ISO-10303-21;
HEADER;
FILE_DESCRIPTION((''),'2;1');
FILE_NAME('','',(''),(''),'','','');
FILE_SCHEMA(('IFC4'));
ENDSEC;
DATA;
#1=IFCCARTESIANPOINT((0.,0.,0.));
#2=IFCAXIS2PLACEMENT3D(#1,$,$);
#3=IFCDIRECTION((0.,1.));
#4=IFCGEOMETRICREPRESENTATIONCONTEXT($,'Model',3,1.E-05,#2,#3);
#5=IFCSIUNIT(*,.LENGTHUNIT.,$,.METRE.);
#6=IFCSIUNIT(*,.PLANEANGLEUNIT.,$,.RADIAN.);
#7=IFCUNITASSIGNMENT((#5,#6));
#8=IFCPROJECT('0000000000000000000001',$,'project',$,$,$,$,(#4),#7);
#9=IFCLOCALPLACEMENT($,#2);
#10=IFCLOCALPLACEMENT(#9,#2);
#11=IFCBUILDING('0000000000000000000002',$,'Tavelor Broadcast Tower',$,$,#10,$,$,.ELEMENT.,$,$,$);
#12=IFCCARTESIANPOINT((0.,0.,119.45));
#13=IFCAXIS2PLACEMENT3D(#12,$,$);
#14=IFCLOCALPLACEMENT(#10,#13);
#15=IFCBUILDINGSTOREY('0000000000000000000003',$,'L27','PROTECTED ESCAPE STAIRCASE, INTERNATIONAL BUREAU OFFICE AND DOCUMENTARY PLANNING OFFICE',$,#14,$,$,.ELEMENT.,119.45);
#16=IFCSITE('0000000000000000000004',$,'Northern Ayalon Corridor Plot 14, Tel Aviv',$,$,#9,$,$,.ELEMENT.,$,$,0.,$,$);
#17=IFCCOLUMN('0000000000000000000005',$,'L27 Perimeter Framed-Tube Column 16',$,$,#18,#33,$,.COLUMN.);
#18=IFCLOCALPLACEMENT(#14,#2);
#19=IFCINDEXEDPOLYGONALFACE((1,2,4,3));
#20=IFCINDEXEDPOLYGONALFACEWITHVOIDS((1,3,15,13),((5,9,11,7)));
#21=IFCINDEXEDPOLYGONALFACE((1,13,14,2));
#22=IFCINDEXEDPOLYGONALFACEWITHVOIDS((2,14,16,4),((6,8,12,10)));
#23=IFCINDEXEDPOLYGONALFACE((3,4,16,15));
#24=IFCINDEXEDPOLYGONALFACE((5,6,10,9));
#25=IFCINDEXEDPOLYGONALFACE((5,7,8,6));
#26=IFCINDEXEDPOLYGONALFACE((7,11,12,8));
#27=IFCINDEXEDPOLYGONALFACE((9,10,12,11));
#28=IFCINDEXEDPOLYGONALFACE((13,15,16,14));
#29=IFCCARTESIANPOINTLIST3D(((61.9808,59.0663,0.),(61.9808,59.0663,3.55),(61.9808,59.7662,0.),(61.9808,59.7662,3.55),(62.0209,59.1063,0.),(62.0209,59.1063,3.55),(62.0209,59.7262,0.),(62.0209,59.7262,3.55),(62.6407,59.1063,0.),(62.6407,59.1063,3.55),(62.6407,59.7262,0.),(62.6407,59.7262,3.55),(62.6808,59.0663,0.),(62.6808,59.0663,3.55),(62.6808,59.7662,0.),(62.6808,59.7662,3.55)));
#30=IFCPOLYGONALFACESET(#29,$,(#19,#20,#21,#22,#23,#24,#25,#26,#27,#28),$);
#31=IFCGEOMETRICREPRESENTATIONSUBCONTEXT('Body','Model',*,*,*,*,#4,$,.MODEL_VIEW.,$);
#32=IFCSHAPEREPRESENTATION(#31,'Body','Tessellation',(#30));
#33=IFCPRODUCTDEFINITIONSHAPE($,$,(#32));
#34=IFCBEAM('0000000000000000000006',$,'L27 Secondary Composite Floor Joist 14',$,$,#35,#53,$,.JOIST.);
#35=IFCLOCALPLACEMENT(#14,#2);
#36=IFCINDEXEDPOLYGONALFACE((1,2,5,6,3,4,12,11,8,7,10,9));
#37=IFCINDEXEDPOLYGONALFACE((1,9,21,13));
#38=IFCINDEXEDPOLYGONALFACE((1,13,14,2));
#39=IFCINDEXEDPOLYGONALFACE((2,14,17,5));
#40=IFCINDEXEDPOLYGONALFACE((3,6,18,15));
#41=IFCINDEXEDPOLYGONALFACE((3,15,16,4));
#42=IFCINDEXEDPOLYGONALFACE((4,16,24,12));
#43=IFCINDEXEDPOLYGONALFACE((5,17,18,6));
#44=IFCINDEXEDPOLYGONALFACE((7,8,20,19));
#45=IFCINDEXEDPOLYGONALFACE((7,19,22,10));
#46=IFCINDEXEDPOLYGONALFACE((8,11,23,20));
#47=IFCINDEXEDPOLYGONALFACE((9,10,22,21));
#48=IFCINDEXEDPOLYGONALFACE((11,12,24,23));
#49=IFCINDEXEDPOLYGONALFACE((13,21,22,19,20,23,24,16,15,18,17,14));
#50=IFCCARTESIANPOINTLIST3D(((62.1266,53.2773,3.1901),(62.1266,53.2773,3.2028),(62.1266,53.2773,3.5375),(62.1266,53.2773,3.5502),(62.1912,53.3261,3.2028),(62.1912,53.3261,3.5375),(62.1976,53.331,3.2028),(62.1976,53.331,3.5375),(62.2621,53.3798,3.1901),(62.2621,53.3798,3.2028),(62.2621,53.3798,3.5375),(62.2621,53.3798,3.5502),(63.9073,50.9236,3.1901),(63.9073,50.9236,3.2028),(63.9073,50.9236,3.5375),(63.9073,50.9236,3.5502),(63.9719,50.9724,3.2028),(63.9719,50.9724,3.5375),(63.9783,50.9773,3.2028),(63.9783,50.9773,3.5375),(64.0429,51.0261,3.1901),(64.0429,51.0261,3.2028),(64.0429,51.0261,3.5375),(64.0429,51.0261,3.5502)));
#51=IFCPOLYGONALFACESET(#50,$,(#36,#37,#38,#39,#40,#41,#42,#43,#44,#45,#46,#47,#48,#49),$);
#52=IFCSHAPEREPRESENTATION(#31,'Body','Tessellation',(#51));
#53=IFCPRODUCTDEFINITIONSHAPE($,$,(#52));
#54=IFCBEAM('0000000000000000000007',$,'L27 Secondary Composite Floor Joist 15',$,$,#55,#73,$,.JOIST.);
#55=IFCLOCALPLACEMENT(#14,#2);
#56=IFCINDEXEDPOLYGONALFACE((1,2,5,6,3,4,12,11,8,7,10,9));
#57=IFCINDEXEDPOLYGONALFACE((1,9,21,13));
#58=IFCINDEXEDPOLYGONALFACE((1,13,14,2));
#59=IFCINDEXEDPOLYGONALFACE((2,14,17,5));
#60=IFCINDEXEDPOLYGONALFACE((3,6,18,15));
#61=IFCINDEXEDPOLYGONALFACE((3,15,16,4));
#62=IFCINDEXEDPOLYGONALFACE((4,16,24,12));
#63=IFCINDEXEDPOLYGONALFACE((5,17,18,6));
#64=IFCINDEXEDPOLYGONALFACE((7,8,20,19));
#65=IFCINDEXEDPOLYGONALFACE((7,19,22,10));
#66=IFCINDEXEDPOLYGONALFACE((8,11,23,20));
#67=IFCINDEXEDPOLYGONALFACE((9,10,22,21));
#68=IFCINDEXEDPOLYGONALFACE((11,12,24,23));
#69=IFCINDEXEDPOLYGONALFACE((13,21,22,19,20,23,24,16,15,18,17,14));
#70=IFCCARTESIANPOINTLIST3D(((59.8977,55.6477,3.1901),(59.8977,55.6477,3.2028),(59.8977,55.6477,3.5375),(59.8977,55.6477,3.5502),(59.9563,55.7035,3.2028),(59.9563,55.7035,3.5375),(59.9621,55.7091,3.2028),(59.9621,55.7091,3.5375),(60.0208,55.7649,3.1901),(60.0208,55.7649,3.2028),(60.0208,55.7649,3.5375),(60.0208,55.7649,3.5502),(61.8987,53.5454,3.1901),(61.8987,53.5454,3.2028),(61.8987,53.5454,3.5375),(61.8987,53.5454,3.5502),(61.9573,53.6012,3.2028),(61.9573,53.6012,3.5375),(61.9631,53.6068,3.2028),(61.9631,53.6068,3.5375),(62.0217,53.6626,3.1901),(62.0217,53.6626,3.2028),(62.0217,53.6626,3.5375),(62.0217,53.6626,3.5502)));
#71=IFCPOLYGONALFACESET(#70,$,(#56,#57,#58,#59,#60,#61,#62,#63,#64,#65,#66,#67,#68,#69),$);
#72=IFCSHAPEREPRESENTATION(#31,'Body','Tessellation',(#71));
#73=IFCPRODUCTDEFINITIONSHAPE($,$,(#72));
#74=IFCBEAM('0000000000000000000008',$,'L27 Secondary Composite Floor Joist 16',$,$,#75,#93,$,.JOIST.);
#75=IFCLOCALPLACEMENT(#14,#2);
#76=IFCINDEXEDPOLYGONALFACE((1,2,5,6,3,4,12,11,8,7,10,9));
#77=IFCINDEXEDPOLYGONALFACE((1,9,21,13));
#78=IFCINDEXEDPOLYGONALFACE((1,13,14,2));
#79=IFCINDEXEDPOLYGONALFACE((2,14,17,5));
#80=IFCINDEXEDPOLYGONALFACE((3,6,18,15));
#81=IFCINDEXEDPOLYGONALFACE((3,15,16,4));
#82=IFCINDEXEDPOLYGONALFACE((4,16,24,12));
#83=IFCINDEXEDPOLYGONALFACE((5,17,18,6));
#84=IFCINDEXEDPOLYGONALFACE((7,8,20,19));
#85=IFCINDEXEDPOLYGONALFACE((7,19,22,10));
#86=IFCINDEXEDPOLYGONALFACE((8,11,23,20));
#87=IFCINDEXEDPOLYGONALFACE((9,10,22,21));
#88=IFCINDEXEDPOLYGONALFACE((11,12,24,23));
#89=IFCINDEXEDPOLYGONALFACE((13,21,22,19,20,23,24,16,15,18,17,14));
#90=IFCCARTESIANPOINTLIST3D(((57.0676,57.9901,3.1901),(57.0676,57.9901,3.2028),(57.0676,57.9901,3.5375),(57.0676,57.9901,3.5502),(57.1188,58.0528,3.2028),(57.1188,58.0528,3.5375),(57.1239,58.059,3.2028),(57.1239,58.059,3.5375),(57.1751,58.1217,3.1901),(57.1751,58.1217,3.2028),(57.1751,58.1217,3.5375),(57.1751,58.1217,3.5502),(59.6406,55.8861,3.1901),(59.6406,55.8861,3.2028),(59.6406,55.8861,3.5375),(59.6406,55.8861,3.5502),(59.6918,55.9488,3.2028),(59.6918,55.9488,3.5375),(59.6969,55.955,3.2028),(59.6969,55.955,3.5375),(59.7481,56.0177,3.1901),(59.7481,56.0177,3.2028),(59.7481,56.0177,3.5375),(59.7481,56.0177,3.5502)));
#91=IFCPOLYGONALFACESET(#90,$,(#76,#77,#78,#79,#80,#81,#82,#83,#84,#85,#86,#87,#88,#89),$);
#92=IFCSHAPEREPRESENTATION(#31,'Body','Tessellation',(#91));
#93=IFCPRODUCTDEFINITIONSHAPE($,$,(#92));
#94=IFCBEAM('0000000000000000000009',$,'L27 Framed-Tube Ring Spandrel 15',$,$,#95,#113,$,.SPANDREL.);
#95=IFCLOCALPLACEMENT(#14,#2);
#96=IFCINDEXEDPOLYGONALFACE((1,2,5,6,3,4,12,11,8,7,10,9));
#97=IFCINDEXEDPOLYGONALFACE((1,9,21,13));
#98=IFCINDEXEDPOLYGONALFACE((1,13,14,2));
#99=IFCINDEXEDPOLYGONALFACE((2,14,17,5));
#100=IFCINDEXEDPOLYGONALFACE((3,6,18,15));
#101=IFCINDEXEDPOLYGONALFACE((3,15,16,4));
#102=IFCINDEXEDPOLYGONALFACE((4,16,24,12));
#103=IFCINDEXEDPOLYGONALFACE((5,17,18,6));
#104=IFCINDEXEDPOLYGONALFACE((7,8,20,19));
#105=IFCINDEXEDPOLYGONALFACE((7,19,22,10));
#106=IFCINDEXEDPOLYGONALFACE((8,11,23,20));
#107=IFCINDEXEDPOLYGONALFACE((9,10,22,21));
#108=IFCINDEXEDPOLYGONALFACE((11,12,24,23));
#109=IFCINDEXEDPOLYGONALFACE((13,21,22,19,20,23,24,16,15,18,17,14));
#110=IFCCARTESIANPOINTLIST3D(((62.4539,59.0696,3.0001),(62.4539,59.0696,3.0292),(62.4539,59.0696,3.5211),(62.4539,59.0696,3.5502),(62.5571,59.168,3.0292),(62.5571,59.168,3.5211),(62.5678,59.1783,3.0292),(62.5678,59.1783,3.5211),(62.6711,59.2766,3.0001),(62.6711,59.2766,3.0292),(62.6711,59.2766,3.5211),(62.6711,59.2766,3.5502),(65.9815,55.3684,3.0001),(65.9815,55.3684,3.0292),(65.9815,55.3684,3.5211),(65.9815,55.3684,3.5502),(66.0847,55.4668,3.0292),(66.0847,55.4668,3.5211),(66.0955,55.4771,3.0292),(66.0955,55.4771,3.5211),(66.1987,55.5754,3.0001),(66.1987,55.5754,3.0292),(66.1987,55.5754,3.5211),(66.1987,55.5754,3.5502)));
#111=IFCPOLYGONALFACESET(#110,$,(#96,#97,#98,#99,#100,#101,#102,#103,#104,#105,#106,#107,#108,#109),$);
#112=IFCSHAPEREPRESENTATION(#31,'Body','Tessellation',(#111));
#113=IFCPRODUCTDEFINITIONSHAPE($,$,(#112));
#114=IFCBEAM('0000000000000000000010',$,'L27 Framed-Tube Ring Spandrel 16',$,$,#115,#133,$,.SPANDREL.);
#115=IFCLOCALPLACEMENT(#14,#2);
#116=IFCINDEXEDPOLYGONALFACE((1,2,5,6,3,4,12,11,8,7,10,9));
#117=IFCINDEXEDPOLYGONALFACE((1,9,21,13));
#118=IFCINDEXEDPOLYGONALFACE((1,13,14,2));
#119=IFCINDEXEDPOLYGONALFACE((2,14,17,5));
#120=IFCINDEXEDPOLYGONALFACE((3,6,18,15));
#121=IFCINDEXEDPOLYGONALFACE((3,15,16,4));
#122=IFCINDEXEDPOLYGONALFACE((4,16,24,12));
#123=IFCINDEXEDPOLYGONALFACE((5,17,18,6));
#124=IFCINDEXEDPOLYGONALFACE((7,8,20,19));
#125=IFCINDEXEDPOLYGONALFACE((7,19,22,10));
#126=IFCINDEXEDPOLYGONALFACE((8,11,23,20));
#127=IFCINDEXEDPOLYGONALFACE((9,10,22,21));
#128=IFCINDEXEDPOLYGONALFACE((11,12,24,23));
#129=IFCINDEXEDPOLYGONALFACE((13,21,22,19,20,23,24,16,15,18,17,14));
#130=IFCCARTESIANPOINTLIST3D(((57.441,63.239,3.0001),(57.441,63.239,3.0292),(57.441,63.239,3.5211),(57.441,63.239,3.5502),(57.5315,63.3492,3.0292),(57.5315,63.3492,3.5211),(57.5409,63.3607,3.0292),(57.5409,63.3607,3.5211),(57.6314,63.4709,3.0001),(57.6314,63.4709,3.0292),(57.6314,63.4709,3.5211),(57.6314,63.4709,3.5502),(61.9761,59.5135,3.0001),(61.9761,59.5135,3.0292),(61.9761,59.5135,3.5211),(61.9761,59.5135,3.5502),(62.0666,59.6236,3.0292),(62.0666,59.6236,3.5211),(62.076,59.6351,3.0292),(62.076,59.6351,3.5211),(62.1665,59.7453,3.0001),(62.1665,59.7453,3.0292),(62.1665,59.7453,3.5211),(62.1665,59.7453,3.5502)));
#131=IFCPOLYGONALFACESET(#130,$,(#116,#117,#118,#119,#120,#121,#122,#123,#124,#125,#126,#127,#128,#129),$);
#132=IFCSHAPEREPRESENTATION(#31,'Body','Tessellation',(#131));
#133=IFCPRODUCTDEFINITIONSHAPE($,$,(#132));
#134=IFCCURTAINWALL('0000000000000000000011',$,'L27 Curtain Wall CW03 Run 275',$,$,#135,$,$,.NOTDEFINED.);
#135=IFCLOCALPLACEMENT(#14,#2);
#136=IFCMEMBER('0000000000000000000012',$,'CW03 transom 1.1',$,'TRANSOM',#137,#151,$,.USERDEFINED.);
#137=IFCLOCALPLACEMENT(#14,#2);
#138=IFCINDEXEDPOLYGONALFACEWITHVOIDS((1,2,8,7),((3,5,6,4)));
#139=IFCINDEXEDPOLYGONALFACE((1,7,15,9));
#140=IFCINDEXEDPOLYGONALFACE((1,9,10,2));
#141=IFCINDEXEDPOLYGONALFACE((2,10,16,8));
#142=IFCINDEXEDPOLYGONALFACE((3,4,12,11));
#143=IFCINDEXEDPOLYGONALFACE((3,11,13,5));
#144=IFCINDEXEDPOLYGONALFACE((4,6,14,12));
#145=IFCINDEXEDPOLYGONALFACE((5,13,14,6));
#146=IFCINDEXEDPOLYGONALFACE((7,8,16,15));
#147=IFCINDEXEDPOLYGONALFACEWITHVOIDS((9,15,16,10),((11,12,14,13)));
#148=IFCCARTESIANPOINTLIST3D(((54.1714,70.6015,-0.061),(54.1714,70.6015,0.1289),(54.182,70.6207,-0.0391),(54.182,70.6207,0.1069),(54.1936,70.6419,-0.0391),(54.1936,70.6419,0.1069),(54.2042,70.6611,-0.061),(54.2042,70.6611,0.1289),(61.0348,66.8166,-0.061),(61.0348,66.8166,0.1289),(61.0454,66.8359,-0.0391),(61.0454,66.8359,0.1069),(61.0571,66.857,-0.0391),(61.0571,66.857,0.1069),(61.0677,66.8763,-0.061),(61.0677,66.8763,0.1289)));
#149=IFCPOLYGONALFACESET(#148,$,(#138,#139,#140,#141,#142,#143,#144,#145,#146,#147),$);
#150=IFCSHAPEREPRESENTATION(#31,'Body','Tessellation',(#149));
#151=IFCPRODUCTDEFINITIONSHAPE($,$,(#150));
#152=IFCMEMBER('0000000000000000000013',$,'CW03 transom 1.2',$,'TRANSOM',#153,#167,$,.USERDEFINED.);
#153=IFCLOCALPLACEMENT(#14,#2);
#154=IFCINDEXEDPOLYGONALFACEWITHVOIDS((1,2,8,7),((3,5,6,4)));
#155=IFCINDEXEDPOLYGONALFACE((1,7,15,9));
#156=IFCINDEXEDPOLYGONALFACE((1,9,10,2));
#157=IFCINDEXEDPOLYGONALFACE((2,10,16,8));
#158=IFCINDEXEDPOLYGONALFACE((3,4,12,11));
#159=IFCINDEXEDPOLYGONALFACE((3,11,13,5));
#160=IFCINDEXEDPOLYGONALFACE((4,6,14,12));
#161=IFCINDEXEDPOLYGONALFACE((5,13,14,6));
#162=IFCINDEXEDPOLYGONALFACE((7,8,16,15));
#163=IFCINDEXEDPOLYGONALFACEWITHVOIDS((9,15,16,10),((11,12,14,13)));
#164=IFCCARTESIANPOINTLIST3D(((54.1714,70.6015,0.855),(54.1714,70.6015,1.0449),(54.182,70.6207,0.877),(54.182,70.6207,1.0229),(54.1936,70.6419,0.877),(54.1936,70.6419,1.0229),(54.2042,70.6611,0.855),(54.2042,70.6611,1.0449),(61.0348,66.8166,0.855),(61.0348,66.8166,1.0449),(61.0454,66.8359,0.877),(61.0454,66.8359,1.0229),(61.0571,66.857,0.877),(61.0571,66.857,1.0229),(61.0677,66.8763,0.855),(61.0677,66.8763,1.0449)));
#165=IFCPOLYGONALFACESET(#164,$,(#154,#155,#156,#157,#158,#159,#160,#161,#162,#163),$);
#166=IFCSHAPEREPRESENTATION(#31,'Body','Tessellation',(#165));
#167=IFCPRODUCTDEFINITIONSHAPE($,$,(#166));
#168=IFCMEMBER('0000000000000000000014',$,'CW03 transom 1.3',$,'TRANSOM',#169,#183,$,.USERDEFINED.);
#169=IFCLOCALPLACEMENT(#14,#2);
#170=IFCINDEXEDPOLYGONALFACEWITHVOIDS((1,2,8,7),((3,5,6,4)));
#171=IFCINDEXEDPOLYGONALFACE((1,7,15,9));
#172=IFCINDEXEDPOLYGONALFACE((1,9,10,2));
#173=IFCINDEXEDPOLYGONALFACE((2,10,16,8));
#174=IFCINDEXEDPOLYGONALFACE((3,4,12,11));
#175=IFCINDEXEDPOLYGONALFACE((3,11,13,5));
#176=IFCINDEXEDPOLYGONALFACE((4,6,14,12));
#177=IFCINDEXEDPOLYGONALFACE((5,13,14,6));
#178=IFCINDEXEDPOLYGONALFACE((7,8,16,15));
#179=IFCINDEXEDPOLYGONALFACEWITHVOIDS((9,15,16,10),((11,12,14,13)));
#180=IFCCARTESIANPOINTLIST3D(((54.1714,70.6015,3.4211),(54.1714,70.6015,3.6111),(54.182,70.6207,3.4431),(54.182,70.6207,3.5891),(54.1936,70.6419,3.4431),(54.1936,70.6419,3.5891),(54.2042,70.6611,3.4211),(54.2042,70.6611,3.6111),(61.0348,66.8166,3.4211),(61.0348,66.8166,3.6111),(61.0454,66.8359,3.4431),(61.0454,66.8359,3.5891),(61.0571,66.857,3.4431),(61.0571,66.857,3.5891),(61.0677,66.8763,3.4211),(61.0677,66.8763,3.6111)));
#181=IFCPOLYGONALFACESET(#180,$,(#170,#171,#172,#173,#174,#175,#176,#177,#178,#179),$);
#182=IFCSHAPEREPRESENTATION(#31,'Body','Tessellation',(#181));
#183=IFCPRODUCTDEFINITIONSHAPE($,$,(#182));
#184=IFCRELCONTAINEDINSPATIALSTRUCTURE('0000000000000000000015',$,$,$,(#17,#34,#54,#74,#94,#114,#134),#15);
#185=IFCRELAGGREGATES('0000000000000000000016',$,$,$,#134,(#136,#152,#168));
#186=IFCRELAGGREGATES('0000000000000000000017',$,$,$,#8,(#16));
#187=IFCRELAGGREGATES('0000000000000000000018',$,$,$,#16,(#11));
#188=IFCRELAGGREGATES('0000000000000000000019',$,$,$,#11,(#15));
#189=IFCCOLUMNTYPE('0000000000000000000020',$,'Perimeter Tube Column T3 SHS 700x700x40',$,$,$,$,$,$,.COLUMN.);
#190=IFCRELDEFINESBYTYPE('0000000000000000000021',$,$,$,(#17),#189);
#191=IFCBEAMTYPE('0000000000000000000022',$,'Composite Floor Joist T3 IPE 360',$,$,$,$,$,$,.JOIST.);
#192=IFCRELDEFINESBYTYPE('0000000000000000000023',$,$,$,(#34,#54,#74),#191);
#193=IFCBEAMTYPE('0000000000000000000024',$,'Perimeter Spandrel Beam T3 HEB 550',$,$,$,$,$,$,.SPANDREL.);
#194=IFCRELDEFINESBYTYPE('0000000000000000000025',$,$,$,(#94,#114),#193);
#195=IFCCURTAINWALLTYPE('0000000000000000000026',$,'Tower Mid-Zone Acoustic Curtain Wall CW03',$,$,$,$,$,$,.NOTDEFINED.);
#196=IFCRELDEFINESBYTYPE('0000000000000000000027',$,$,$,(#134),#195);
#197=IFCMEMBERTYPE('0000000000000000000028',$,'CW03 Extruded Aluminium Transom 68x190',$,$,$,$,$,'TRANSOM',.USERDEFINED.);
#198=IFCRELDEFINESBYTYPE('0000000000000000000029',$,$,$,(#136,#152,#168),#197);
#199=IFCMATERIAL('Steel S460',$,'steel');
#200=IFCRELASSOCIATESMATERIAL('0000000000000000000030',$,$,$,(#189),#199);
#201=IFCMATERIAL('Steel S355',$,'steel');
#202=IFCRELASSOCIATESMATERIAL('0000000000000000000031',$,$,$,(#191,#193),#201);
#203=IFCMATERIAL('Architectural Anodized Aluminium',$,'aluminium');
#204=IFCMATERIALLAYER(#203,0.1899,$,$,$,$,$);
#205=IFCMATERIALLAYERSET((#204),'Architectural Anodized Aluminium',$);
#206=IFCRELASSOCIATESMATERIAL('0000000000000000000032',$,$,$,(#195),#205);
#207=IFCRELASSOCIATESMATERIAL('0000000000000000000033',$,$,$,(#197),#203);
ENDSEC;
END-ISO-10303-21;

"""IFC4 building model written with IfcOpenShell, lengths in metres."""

from ifc_helpers import new_model, si_unit, direction, frame, origin, origin_2d, place, context, subcontext, project, spatial, hollow_rectangle, i_section, extrude, source, transform, mapped, material, layer, layer_set, material_profile, profile_set, type_object, type_shapes, element, aggregate, save


model = new_model("IFC4")

# Units and contexts
model_context = context("Model", 3, precision=1e-05, world=origin(), true_north=direction((0.0, 1.0)))
body_context = subcontext(model_context, "Body", "Model", "MODEL_VIEW")
ifc_project = project(units=[si_unit("LENGTHUNIT", "METRE"), si_unit("PLANEANGLEUNIT", "RADIAN")], contexts=[model_context])

# Site, building, storey
site_placement = place(None, origin())
site = spatial("IfcSite", under=ifc_project, at=site_placement, Name="Northern Ayalon Corridor Plot 14, Tel Aviv", CompositionType="ELEMENT", RefElevation=0.0)
building_placement = place(site_placement, origin())
building = spatial("IfcBuilding", under=site, at=building_placement, Name="Tavelor Broadcast Tower", CompositionType="ELEMENT")
storey_placement = place(building_placement, frame((0.0, 0.0, 119.45)))
storey = spatial("IfcBuildingStorey", under=building, at=storey_placement, Name="L27", Description="PROTECTED ESCAPE STAIRCASE, INTERNATIONAL BUREAU OFFICE AND DOCUMENTARY PLANNING OFFICE", CompositionType="ELEMENT", Elevation=119.45)

# Column
ifc_material_1 = material(Name="Steel S460", Category="steel")
ifc_material_profile_1 = material_profile(ifc_material_1, hollow_rectangle(XDim=0.7, YDim=0.7, WallThickness=0.04, at=origin_2d()), Name="SHS 700x700x40")
ifc_profile_set_1 = profile_set([ifc_material_profile_1], Name="Steel S460")
column_type = type_object("IfcColumnType", Name="Perimeter Tube Column T3 SHS 700x700x40", PredefinedType="COLUMN", material=ifc_profile_set_1)
column_placement = place(storey_placement, frame((62.3308, 59.4163, 0.0), z_axis=(0.0, 0.0, 1.0), x_axis=(1.0, 0.0, 0.0)))
element("IfcColumn", 1, at=column_placement, inside=storey, type_object=column_type, Name="L27 Perimeter Framed-Tube Column 16", PredefinedType="COLUMN", context=body_context, shape_type="SweptSolid", body=[
    extrude(hollow_rectangle(XDim=0.7, YDim=0.7, WallThickness=0.04, at=origin_2d()), origin(), (0.0, 0.0, 1.0), 3.55),
])

# Beams
ifc_material_2 = material(Name="Steel S355", Category="steel")
ifc_material_profile_2 = material_profile(ifc_material_2, i_section(OverallWidth=0.1699, OverallDepth=0.3601, WebThickness=0.0081, FlangeThickness=0.0127, at=origin_2d()), Name="IPE 360")
ifc_profile_set_2 = profile_set([ifc_material_profile_2], Name="Steel S355")
beam_type_1 = type_object("IfcBeamType", Name="Composite Floor Joist T3 IPE 360", PredefinedType="JOIST", material=ifc_profile_set_2)
beam_1_placement = place(storey_placement, frame((63.9751, 50.9749, 3.3701), z_axis=(-0.603343, 0.797482, 0.0), x_axis=(-0.797482, -0.603343, 0.0)))
element("IfcBeam", 2, at=beam_1_placement, inside=storey, type_object=beam_type_1, Name="L27 Secondary Composite Floor Joist 14", PredefinedType="JOIST", context=body_context, shape_type="SweptSolid", body=[
    extrude(i_section(OverallWidth=0.1699, OverallDepth=0.3601, WebThickness=0.0081, FlangeThickness=0.0127, at=origin_2d()), origin(), (0.0, 0.0, 1.0), 2.9514),
])
beam_2_placement = place(storey_placement, frame((61.9602, 53.604, 3.3701), z_axis=(-0.689437, 0.724346, 0.0), x_axis=(-0.724346, -0.689437, 0.0)))
element("IfcBeam", 3, at=beam_2_placement, inside=storey, type_object=beam_type_1, Name="L27 Secondary Composite Floor Joist 15", PredefinedType="JOIST", context=body_context, shape_type="SweptSolid", body=[
    extrude(i_section(OverallWidth=0.1699, OverallDepth=0.3601, WebThickness=0.0081, FlangeThickness=0.0127, at=origin_2d()), origin(), (0.0, 0.0, 1.0), 2.9023),
])
beam_3_placement = place(storey_placement, frame((59.6943, 55.9519, 3.3701), z_axis=(-0.774131, 0.633026, 0.0), x_axis=(-0.633026, -0.774131, 0.0)))
element("IfcBeam", 4, at=beam_3_placement, inside=storey, type_object=beam_type_1, Name="L27 Secondary Composite Floor Joist 16", PredefinedType="JOIST", context=body_context, shape_type="SweptSolid", body=[
    extrude(i_section(OverallWidth=0.1699, OverallDepth=0.3601, WebThickness=0.0081, FlangeThickness=0.0127, at=origin_2d()), origin(), (0.0, 0.0, 1.0), 3.3237),
])
ifc_material_profile_3 = material_profile(ifc_material_2, i_section(OverallWidth=0.3, OverallDepth=0.55, WebThickness=0.0149, FlangeThickness=0.0291, at=origin_2d()), Name="HEB 550")
ifc_profile_set_3 = profile_set([ifc_material_profile_3], Name="Steel S355")
beam_type_2 = type_object("IfcBeamType", Name="Perimeter Spandrel Beam T3 HEB 550", PredefinedType="SPANDREL", material=ifc_profile_set_3)
beam_4_placement = place(storey_placement, frame((66.0901, 55.4719, 3.2751), z_axis=(-0.689928, 0.723878, 0.0), x_axis=(-0.723878, -0.689928, 0.0)))
element("IfcBeam", 5, at=beam_4_placement, inside=storey, type_object=beam_type_2, Name="L27 Framed-Tube Ring Spandrel 15", PredefinedType="SPANDREL", context=body_context, shape_type="SweptSolid", body=[
    extrude(i_section(OverallWidth=0.3, OverallDepth=0.55, WebThickness=0.0149, FlangeThickness=0.0291, at=origin_2d()), origin(), (0.0, 0.0, 1.0), 5.113),
])
beam_5_placement = place(storey_placement, frame((62.0713, 59.6294, 3.2751), z_axis=(-0.772703, 0.634768, 0.0), x_axis=(-0.634768, -0.772703, 0.0)))
element("IfcBeam", 6, at=beam_5_placement, inside=storey, type_object=beam_type_2, Name="L27 Framed-Tube Ring Spandrel 16", PredefinedType="SPANDREL", context=body_context, shape_type="SweptSolid", body=[
    extrude(i_section(OverallWidth=0.3, OverallDepth=0.55, WebThickness=0.0149, FlangeThickness=0.0291, at=origin_2d()), origin(), (0.0, 0.0, 1.0), 5.8691),
])

# Curtain wall, members
ifc_material_3 = material(Name="Architectural Anodized Aluminium", Category="aluminium")
ifc_layer_1 = layer(ifc_material_3, 0.1899)
ifc_layer_set_1 = layer_set([ifc_layer_1], Name="Architectural Anodized Aluminium")
curtain_wall_type = type_object("IfcCurtainWallType", Name="Tower Mid-Zone Acoustic Curtain Wall CW03", PredefinedType="NOTDEFINED", material=ifc_layer_set_1)
curtain_wall_1_placement = place(storey_placement, origin())
curtain_wall_1 = element("IfcCurtainWall", 7, at=curtain_wall_1_placement, inside=storey, type_object=curtain_wall_type, Name="L27 Curtain Wall CW03 Run 275", PredefinedType="NOTDEFINED")
ifc_material_profile_4 = material_profile(ifc_material_3, hollow_rectangle(XDim=0.0681, YDim=0.1899, WallThickness=0.022, at=origin_2d()), Name="RHS 68x190x22")
ifc_profile_set_4 = profile_set([ifc_material_profile_4], Name="Architectural Anodized Aluminium")
member_type_1 = type_object("IfcMemberType", Name="CW03 Extruded Aluminium Transom 68x190", ElementType="TRANSOM", PredefinedType="USERDEFINED", material=ifc_profile_set_4)
shared_shape_1 = source(origin(), body_context, "Body", "SweptSolid", [
    extrude(hollow_rectangle(XDim=0.0681, YDim=0.1899, WallThickness=0.022, at=origin_2d()), origin(), (0.0, 0.0, 1.0), 7.8379),
])
type_shapes(member_type_1, [shared_shape_1])
member_1_placement = place(storey_placement, frame((61.0513, 66.8464, 0.0339), z_axis=(-0.875678, 0.482895, 0.0), x_axis=(-0.482895, -0.875678, 0.0)))
member_1 = element("IfcMember", 8, at=member_1_placement, type_object=member_type_1, Name="CW03 transom 1.1", ObjectType="TRANSOM", PredefinedType="USERDEFINED", context=body_context, shape_type="MappedRepresentation", body=[
    mapped(shared_shape_1, transform((0.0, 0.0, 0.0), scale=1.0)),
])
member_2_placement = place(storey_placement, frame((61.0513, 66.8464, 0.95), z_axis=(-0.875678, 0.482895, 0.0), x_axis=(-0.482895, -0.875678, 0.0)))
member_2 = element("IfcMember", 9, at=member_2_placement, type_object=member_type_1, Name="CW03 transom 1.2", ObjectType="TRANSOM", PredefinedType="USERDEFINED", context=body_context, shape_type="MappedRepresentation", body=[
    mapped(shared_shape_1, transform((0.0, 0.0, 0.0), scale=1.0)),
])
member_3_placement = place(storey_placement, frame((61.0513, 66.8464, 3.5161), z_axis=(-0.875678, 0.482895, 0.0), x_axis=(-0.482895, -0.875678, 0.0)))
member_3 = element("IfcMember", 10, at=member_3_placement, type_object=member_type_1, Name="CW03 transom 1.3", ObjectType="TRANSOM", PredefinedType="USERDEFINED", context=body_context, shape_type="MappedRepresentation", body=[
    mapped(shared_shape_1, transform((0.0, 0.0, 0.0), scale=1.0)),
])

aggregate(curtain_wall_1, [member_1, member_2, member_3])

save(model, "model.ifc")
